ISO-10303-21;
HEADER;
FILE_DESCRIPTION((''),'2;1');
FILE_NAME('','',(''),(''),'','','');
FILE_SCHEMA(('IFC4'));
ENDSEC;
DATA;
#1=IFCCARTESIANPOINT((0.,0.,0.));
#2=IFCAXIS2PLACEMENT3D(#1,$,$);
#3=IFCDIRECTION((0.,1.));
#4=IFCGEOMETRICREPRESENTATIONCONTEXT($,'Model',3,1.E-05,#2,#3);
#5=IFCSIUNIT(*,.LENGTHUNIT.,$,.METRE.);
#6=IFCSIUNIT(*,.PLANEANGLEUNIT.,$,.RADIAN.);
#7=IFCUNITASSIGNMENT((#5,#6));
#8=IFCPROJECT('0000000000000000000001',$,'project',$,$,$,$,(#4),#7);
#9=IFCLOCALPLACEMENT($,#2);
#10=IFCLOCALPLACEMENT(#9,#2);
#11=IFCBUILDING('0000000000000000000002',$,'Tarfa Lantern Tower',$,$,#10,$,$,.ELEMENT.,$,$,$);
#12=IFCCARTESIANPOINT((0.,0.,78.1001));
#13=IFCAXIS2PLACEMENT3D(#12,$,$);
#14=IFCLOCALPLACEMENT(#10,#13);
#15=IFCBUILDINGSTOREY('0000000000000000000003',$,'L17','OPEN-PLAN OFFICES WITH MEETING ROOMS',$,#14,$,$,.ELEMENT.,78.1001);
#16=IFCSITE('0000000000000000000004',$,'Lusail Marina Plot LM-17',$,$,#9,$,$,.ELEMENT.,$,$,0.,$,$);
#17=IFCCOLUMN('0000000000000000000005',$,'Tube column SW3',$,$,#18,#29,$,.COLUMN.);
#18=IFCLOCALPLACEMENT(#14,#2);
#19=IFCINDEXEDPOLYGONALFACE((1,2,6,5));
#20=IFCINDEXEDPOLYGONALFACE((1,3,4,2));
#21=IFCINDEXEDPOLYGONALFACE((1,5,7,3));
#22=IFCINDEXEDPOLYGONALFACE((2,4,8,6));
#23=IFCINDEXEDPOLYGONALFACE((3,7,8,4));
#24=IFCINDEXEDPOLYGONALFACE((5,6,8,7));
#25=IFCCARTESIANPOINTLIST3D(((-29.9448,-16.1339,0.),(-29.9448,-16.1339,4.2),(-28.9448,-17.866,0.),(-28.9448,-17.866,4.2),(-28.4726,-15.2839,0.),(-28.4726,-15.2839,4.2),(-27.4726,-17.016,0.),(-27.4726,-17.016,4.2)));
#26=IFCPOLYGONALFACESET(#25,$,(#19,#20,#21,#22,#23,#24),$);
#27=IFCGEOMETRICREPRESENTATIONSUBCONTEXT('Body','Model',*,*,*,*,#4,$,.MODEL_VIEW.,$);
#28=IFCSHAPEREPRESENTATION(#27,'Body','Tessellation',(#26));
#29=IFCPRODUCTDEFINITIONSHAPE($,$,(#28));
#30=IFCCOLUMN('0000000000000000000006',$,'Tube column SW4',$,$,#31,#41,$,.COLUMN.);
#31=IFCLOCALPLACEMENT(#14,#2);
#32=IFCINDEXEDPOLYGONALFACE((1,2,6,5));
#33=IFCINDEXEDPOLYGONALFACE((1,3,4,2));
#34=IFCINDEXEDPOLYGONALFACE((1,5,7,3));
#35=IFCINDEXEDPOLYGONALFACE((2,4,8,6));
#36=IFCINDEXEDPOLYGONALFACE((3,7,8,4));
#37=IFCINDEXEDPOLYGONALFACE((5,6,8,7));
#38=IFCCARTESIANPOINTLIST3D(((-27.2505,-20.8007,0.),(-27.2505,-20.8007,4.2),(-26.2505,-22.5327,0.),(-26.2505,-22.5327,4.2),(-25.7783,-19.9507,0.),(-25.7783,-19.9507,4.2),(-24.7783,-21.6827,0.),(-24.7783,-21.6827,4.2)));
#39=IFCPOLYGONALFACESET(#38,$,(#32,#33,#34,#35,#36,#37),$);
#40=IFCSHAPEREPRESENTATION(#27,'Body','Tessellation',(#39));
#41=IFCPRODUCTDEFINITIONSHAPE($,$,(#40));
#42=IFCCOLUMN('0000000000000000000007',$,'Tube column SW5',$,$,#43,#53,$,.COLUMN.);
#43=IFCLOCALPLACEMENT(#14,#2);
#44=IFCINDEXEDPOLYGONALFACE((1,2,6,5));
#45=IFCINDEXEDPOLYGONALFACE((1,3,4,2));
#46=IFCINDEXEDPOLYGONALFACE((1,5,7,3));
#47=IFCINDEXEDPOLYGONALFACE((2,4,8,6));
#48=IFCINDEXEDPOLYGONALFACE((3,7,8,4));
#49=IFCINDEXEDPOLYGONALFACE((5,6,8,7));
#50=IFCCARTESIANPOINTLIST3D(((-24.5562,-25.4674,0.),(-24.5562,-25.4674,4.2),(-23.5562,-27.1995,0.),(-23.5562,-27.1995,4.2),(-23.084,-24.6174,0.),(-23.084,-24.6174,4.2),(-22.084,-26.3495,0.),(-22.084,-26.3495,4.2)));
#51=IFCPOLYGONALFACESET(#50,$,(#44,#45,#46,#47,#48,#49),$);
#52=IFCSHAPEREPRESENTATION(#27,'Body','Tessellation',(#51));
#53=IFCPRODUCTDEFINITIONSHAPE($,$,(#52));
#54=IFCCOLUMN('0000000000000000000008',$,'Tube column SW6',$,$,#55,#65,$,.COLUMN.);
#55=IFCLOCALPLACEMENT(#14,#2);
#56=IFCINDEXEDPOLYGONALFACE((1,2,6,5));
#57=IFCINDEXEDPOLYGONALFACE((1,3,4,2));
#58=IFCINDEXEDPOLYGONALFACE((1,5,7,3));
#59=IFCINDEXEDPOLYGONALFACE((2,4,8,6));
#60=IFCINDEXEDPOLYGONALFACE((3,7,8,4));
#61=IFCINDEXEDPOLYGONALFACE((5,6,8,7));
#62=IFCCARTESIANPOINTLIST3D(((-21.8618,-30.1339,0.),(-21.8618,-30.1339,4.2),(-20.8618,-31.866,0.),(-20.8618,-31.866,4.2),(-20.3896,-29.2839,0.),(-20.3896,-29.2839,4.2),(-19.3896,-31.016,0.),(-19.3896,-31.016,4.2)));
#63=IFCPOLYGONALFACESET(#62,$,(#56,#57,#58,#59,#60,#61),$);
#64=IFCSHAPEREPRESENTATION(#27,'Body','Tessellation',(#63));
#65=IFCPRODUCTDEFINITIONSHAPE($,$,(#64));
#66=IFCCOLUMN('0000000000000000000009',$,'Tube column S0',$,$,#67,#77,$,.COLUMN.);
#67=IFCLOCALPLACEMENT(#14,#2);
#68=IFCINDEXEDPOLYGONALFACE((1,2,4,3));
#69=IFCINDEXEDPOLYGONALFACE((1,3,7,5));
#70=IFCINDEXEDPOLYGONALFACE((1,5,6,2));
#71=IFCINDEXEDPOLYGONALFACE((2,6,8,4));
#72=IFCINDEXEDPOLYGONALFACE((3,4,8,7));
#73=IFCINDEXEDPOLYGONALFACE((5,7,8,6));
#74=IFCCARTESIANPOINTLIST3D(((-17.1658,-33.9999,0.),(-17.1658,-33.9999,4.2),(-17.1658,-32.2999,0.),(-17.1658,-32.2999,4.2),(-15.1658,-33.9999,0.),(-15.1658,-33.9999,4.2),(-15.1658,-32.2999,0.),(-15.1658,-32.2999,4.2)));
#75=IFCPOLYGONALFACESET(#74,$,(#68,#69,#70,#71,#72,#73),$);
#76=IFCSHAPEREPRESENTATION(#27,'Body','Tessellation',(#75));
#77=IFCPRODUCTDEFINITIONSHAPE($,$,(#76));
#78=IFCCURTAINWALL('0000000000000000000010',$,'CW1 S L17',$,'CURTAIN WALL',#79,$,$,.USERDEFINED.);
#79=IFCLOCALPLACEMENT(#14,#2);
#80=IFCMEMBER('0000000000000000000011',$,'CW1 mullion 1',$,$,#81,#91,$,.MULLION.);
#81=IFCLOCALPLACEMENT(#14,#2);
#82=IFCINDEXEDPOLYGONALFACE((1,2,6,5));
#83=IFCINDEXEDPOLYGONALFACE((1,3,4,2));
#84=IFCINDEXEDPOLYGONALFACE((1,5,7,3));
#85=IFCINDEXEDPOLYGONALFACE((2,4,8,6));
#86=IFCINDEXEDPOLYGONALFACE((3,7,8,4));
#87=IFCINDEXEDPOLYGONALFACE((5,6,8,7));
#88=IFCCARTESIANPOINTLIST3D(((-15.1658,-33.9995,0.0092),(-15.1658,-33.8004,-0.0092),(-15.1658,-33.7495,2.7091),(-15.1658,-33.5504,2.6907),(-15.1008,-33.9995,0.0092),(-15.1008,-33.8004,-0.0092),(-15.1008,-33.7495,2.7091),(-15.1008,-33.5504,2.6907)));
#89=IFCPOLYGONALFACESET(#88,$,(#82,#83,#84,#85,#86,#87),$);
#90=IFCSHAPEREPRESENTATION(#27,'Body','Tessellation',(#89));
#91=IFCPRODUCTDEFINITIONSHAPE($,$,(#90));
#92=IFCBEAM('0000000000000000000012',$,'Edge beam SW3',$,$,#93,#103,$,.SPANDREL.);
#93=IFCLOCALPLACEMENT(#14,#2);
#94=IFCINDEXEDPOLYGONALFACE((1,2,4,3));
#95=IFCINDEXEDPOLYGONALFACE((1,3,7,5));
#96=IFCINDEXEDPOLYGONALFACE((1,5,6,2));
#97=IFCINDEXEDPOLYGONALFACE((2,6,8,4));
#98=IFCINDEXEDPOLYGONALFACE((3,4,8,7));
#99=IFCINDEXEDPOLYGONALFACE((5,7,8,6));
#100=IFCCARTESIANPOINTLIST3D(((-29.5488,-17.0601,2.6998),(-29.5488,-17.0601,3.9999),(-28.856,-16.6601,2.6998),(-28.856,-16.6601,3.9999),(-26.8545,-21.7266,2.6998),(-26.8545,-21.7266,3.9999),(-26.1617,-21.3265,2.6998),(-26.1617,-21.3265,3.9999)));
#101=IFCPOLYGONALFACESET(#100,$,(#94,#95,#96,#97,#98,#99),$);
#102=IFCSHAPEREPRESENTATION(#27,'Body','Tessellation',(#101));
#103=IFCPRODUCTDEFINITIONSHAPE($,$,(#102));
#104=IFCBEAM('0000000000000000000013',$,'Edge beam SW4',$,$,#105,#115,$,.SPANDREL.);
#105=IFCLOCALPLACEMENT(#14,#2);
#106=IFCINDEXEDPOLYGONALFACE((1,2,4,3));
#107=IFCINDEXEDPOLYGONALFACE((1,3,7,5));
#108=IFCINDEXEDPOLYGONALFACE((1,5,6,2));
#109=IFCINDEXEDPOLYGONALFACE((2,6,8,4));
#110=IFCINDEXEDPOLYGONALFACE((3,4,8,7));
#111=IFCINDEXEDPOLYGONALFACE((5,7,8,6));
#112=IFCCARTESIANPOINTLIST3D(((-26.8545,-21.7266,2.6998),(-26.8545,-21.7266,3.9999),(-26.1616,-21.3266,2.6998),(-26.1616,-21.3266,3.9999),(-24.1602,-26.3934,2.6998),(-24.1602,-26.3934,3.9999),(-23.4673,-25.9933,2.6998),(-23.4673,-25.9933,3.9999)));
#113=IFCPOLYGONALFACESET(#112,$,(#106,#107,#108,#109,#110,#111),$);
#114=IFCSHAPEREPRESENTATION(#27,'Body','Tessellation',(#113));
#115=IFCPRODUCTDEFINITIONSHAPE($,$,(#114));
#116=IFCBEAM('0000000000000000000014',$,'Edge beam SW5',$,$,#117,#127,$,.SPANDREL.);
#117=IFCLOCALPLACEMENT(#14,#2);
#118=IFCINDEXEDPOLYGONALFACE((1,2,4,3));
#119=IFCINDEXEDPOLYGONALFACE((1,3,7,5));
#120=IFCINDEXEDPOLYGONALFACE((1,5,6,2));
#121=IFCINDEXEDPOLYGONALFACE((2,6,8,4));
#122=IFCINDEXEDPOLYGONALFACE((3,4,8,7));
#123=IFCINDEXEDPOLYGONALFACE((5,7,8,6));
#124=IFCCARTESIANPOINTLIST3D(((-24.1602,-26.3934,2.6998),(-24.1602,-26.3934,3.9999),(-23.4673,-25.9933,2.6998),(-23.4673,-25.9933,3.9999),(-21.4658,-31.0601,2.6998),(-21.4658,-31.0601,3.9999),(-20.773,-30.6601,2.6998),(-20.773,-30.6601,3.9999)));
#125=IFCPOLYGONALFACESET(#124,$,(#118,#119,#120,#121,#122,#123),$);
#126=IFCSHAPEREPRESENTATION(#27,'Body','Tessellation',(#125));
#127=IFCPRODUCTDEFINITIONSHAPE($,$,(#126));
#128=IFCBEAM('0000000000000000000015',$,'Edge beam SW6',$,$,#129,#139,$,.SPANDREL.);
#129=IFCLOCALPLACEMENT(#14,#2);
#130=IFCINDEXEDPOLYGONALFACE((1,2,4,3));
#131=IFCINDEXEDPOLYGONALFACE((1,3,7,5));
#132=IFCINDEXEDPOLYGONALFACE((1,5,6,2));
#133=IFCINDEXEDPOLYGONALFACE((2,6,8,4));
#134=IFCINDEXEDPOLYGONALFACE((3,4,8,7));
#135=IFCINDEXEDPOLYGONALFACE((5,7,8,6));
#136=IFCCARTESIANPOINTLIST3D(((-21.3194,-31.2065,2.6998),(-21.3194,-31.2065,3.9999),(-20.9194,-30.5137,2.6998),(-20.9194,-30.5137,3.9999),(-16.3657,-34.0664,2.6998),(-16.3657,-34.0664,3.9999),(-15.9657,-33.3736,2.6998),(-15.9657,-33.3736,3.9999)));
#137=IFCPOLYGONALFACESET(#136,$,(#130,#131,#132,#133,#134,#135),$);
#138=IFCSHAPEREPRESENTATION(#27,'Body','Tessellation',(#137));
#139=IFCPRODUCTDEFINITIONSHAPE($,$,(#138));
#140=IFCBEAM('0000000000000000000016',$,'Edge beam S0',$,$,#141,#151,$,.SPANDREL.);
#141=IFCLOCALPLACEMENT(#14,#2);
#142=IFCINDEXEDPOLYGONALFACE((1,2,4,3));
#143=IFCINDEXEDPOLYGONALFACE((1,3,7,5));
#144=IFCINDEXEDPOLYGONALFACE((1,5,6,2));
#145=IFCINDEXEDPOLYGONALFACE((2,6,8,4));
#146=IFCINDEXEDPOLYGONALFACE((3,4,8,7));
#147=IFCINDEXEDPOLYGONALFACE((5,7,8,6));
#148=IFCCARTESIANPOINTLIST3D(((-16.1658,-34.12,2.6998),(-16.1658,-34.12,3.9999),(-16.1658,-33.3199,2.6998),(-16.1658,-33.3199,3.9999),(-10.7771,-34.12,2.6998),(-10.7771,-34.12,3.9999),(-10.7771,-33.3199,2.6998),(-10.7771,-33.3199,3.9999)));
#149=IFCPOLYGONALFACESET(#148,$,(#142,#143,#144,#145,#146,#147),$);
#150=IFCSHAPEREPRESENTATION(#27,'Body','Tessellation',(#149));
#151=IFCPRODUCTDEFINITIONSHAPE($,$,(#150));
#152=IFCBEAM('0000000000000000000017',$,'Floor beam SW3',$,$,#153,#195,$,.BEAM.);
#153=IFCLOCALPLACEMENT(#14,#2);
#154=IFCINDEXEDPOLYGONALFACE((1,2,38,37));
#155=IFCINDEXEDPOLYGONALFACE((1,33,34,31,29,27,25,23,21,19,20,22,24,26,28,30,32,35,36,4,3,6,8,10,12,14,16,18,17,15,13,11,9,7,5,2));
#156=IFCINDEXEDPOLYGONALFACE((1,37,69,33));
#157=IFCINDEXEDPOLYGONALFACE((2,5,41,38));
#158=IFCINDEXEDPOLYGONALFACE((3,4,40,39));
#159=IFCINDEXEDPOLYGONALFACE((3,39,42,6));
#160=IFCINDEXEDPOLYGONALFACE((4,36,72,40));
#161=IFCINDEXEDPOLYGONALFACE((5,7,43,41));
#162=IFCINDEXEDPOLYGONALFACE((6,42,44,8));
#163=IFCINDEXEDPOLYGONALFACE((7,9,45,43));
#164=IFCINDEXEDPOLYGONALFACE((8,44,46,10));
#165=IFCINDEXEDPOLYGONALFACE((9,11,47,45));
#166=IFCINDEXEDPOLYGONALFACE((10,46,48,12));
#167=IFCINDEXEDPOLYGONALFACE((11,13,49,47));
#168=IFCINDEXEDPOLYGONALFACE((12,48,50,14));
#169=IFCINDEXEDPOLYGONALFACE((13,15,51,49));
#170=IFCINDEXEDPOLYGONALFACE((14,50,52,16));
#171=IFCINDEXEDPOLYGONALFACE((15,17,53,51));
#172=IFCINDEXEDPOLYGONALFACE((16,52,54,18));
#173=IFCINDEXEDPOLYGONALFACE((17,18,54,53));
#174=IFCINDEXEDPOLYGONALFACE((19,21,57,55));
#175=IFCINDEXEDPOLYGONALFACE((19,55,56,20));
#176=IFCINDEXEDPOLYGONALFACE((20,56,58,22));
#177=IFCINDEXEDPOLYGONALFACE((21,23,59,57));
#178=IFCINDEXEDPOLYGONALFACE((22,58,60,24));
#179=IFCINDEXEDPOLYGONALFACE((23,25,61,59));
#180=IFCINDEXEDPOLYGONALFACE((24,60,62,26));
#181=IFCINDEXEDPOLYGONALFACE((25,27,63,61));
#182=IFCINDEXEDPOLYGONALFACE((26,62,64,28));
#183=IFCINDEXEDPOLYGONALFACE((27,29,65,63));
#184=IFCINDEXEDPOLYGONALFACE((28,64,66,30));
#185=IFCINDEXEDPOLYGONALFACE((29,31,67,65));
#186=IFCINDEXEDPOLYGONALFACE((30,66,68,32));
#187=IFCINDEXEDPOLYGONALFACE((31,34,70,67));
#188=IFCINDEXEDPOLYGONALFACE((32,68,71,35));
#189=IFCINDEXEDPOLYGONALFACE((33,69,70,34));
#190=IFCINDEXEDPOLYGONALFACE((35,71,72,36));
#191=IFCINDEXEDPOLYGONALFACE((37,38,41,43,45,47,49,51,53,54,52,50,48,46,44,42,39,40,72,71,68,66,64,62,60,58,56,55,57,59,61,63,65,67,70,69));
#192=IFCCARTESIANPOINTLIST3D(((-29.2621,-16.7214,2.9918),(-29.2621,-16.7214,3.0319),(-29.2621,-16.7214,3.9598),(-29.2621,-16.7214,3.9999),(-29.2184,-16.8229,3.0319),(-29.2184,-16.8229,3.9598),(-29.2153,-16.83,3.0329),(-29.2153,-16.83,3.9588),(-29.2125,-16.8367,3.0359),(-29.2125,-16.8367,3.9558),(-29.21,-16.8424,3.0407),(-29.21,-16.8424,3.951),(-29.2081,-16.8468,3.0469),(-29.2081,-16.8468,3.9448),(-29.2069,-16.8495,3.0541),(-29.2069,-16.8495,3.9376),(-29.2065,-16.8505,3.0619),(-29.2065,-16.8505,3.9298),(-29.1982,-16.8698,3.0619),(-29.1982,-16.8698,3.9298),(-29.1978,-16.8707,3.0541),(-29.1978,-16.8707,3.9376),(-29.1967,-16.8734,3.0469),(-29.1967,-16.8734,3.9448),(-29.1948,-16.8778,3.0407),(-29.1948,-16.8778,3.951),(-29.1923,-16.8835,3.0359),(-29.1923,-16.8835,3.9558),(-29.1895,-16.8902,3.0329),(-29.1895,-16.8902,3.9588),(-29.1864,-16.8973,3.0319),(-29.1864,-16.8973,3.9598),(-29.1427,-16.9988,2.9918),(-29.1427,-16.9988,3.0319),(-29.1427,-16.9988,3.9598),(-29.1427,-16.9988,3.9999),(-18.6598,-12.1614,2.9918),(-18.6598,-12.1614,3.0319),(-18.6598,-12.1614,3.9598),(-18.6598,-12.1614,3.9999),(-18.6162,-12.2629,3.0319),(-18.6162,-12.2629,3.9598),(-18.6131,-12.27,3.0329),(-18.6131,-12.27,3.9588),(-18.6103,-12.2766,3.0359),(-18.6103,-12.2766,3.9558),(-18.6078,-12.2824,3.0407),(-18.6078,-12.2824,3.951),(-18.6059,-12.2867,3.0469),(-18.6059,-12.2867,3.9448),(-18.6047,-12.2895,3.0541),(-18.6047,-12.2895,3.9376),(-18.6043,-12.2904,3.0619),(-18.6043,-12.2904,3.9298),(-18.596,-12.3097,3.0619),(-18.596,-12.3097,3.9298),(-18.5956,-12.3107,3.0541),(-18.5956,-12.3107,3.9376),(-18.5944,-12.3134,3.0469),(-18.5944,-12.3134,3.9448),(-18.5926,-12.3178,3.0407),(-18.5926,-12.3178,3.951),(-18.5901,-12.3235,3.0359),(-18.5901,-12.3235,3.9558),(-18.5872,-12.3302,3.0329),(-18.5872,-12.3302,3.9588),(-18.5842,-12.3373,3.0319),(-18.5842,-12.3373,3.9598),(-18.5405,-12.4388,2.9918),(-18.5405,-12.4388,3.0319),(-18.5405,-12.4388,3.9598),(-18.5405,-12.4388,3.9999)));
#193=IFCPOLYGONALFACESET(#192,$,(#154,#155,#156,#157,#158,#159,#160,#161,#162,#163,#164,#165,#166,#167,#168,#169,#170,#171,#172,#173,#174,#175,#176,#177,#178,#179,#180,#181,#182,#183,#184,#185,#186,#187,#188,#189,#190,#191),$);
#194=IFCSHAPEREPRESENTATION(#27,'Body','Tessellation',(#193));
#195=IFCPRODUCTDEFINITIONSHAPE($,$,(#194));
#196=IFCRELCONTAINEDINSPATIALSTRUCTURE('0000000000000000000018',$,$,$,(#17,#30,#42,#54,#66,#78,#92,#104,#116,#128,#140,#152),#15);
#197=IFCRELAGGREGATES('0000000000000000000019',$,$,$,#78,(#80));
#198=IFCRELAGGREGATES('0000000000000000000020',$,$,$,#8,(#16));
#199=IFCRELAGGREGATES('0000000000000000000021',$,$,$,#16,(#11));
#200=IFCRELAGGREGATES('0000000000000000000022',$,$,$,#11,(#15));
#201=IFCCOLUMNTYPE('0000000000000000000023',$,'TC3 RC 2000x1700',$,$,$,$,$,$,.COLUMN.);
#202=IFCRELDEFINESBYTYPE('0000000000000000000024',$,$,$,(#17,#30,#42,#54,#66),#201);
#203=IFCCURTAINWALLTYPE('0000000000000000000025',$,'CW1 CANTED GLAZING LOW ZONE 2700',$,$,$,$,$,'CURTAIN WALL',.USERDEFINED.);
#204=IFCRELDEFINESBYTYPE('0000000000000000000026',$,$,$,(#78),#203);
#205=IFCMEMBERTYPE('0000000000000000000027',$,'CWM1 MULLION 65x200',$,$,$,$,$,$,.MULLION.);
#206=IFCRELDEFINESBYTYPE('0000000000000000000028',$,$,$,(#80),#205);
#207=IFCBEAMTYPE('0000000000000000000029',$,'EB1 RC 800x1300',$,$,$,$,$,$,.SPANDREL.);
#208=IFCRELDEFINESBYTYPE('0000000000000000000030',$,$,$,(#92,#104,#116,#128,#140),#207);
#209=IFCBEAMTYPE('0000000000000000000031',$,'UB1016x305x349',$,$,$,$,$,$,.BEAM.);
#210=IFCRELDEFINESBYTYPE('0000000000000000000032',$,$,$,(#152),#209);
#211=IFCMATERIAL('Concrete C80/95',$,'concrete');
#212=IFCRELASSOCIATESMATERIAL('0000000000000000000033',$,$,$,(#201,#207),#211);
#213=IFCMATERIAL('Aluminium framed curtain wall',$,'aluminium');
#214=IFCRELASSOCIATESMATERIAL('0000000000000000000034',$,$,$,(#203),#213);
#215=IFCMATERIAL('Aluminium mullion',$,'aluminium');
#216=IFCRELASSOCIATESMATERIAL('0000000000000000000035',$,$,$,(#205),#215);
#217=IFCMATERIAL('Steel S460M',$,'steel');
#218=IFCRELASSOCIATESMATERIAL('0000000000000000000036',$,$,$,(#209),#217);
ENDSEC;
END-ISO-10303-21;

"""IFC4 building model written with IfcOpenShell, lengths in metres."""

from ifc_helpers import new_model, si_unit, direction, frame, origin, origin_2d, place, context, subcontext, project, spatial, rectangle, i_section, extrude, material, material_profile, profile_set, type_object, element, aggregate, save


model = new_model("IFC4")

# Units and contexts
model_context = context("Model", 3, precision=1e-05, world=origin(), true_north=direction((0.0, 1.0)))
body_context = subcontext(model_context, "Body", "Model", "MODEL_VIEW")
ifc_project = project(units=[si_unit("LENGTHUNIT", "METRE"), si_unit("PLANEANGLEUNIT", "RADIAN")], contexts=[model_context])

# Site, building, storey
site_placement = place(None, origin())
site = spatial("IfcSite", under=ifc_project, at=site_placement, Name="Lusail Marina Plot LM-17", CompositionType="ELEMENT", RefElevation=0.0)
building_placement = place(site_placement, origin())
building = spatial("IfcBuilding", under=site, at=building_placement, Name="Tarfa Lantern Tower", CompositionType="ELEMENT")
storey_placement = place(building_placement, frame((0.0, 0.0, 78.1001)))
storey = spatial("IfcBuildingStorey", under=building, at=storey_placement, Name="L17", Description="OPEN-PLAN OFFICES WITH MEETING ROOMS", CompositionType="ELEMENT", Elevation=78.1001)

# Columns
ifc_material_1 = material(Name="Concrete C80/95", Category="concrete")
ifc_material_profile_1 = material_profile(ifc_material_1, rectangle(XDim=2.0, YDim=1.7, at=origin_2d()), Name="RC 2000x1700")
ifc_profile_set_1 = profile_set([ifc_material_profile_1], Name="Concrete C80/95")
column_type = type_object("IfcColumnType", Name="TC3 RC 2000x1700", PredefinedType="COLUMN", material=ifc_profile_set_1)
for number, where, z_axis, x_axis, name in (
    (1, (-28.7087, -16.575, 0.0), (0.0, 0.0, 1.0), (0.5, -0.866025, 0.0), "Tube column SW3"),
    (2, (-26.0144, -21.2417, 0.0), (0.0, 0.0, 1.0), (0.5, -0.866025, 0.0), "Tube column SW4"),
    (3, (-23.3201, -25.9084, 0.0), (0.0, 0.0, 1.0), (0.5, -0.866025, 0.0), "Tube column SW5"),
    (4, (-20.6257, -30.575, 0.0), (0.0, 0.0, 1.0), (0.5, -0.866025, 0.0), "Tube column SW6"),
    (5, (-16.1658, -33.1499, 0.0), (0.0, 0.0, 1.0), (1.0, 0.0, 0.0), "Tube column S0"),
):
    element("IfcColumn", number, at=place(storey_placement, frame(where, z_axis=z_axis, x_axis=x_axis)), inside=storey, type_object=column_type, Name=name, PredefinedType="COLUMN", context=body_context, shape_type="SweptSolid", body=[
        extrude(rectangle(XDim=2.0, YDim=1.7, at=origin_2d()), origin(), (0.0, 0.0, 1.0), 4.2),
    ])

# Curtain wall, member
ifc_material_2 = material(Name="Aluminium framed curtain wall", Category="aluminium")
curtain_wall_type = type_object("IfcCurtainWallType", Name="CW1 CANTED GLAZING LOW ZONE 2700", ElementType="CURTAIN WALL", PredefinedType="USERDEFINED", material=ifc_material_2)
curtain_wall_placement = place(storey_placement, origin())
curtain_wall = element("IfcCurtainWall", 6, at=curtain_wall_placement, inside=storey, type_object=curtain_wall_type, Name="CW1 S L17", ObjectType="CURTAIN WALL", PredefinedType="USERDEFINED")
ifc_material_3 = material(Name="Aluminium mullion", Category="aluminium")
ifc_material_profile_2 = material_profile(ifc_material_3, rectangle(XDim=0.0649, YDim=0.2, at=origin_2d()), Name="AL MULLION 65x200")
ifc_profile_set_2 = profile_set([ifc_material_profile_2], Name="Aluminium mullion")
member_type = type_object("IfcMemberType", Name="CWM1 MULLION 65x200", PredefinedType="MULLION", material=ifc_profile_set_2)
member_placement = place(storey_placement, frame((-15.1333, -33.8999, 0.0), z_axis=(0.0, 0.0922, 0.995741), x_axis=(-1.0, 0.0, 0.0)))
member = element("IfcMember", 7, at=member_placement, type_object=member_type, Name="CW1 mullion 1", PredefinedType="MULLION", context=body_context, shape_type="SweptSolid", body=[
    extrude(rectangle(XDim=0.0649, YDim=0.2, at=origin_2d()), origin(), (0.0, 0.0, 1.0), 2.7114),
])

# Beams
ifc_material_profile_3 = material_profile(ifc_material_1, rectangle(XDim=0.8, YDim=1.3, at=origin_2d()), Name="RC 800x1300")
ifc_profile_set_3 = profile_set([ifc_material_profile_3], Name="Concrete C80/95")
beam_type_1 = type_object("IfcBeamType", Name="EB1 RC 800x1300", PredefinedType="SPANDREL", material=ifc_profile_set_3)
beam_1_placement = place(storey_placement, frame((-29.2024, -16.8601, 3.3499), z_axis=(0.500018, -0.866015, 0.0), x_axis=(0.866015, 0.500018, 0.0)))
element("IfcBeam", 8, at=beam_1_placement, inside=storey, type_object=beam_type_1, Name="Edge beam SW3", PredefinedType="SPANDREL", context=body_context, shape_type="SweptSolid", body=[
    extrude(rectangle(XDim=0.8, YDim=1.3, at=origin_2d()), origin(), (0.0, 0.0, 1.0), 5.3884),
])
for number, where, z_axis, x_axis, name in (
    (9, (-26.5081, -21.5266, 3.3499), (0.499998, -0.866026, 0.0), (0.866026, 0.499998, 0.0), "Edge beam SW4"),
    (10, (-23.8137, -26.1934, 3.3499), (0.499998, -0.866026, 0.0), (0.866026, 0.499998, 0.0), "Edge beam SW5"),
):
    element("IfcBeam", number, at=place(storey_placement, frame(where, z_axis=z_axis, x_axis=x_axis)), inside=storey, type_object=beam_type_1, Name=name, PredefinedType="SPANDREL", context=body_context, shape_type="SweptSolid", body=[
        extrude(rectangle(XDim=0.8, YDim=1.3, at=origin_2d()), origin(), (0.0, 0.0, 1.0), 5.3887),
    ])
beam_2_placement = place(storey_placement, frame((-21.1194, -30.8601, 3.3499), z_axis=(0.866033, -0.499986, 0.0), x_axis=(0.499986, 0.866033, 0.0)))
element("IfcBeam", 11, at=beam_2_placement, inside=storey, type_object=beam_type_1, Name="Edge beam SW6", PredefinedType="SPANDREL", context=body_context, shape_type="SweptSolid", body=[
    extrude(rectangle(XDim=0.8, YDim=1.3, at=origin_2d()), origin(), (0.0, 0.0, 1.0), 5.72),
])
beam_3_placement = place(storey_placement, frame((-16.1658, -33.72, 3.3499), z_axis=(1.0, 0.0, 0.0), x_axis=(0.0, 1.0, 0.0)))
element("IfcBeam", 12, at=beam_3_placement, inside=storey, type_object=beam_type_1, Name="Edge beam S0", PredefinedType="SPANDREL", context=body_context, shape_type="SweptSolid", body=[
    extrude(rectangle(XDim=0.8, YDim=1.3, at=origin_2d()), origin(), (0.0, 0.0, 1.0), 5.3887),
])
ifc_material_4 = material(Name="Steel S460M", Category="steel")
ifc_material_profile_4 = material_profile(ifc_material_4, i_section(OverallWidth=0.302, OverallDepth=1.0081, WebThickness=0.021, FlangeThickness=0.04, FilletRadius=0.03, at=origin_2d()), Name="UB1016x305x349")
ifc_profile_set_4 = profile_set([ifc_material_profile_4], Name="Steel S460M")
beam_type_2 = type_object("IfcBeamType", Name="UB1016x305x349", PredefinedType="BEAM", material=ifc_profile_set_4)
beam_4_placement = place(storey_placement, frame((-29.2024, -16.8601, 3.4958), z_axis=(0.918635, 0.395106, 0.0), x_axis=(-0.395106, 0.918635, 0.0)))
element("IfcBeam", 13, at=beam_4_placement, inside=storey, type_object=beam_type_2, Name="Floor beam SW3", PredefinedType="BEAM", context=body_context, shape_type="SweptSolid", body=[
    extrude(i_section(OverallWidth=0.302, OverallDepth=1.0081, WebThickness=0.021, FlangeThickness=0.04, FilletRadius=0.03, at=origin_2d()), origin(), (0.0, 0.0, 1.0), 11.5413),
])

aggregate(curtain_wall, [member])

save(model, "model.ifc")
